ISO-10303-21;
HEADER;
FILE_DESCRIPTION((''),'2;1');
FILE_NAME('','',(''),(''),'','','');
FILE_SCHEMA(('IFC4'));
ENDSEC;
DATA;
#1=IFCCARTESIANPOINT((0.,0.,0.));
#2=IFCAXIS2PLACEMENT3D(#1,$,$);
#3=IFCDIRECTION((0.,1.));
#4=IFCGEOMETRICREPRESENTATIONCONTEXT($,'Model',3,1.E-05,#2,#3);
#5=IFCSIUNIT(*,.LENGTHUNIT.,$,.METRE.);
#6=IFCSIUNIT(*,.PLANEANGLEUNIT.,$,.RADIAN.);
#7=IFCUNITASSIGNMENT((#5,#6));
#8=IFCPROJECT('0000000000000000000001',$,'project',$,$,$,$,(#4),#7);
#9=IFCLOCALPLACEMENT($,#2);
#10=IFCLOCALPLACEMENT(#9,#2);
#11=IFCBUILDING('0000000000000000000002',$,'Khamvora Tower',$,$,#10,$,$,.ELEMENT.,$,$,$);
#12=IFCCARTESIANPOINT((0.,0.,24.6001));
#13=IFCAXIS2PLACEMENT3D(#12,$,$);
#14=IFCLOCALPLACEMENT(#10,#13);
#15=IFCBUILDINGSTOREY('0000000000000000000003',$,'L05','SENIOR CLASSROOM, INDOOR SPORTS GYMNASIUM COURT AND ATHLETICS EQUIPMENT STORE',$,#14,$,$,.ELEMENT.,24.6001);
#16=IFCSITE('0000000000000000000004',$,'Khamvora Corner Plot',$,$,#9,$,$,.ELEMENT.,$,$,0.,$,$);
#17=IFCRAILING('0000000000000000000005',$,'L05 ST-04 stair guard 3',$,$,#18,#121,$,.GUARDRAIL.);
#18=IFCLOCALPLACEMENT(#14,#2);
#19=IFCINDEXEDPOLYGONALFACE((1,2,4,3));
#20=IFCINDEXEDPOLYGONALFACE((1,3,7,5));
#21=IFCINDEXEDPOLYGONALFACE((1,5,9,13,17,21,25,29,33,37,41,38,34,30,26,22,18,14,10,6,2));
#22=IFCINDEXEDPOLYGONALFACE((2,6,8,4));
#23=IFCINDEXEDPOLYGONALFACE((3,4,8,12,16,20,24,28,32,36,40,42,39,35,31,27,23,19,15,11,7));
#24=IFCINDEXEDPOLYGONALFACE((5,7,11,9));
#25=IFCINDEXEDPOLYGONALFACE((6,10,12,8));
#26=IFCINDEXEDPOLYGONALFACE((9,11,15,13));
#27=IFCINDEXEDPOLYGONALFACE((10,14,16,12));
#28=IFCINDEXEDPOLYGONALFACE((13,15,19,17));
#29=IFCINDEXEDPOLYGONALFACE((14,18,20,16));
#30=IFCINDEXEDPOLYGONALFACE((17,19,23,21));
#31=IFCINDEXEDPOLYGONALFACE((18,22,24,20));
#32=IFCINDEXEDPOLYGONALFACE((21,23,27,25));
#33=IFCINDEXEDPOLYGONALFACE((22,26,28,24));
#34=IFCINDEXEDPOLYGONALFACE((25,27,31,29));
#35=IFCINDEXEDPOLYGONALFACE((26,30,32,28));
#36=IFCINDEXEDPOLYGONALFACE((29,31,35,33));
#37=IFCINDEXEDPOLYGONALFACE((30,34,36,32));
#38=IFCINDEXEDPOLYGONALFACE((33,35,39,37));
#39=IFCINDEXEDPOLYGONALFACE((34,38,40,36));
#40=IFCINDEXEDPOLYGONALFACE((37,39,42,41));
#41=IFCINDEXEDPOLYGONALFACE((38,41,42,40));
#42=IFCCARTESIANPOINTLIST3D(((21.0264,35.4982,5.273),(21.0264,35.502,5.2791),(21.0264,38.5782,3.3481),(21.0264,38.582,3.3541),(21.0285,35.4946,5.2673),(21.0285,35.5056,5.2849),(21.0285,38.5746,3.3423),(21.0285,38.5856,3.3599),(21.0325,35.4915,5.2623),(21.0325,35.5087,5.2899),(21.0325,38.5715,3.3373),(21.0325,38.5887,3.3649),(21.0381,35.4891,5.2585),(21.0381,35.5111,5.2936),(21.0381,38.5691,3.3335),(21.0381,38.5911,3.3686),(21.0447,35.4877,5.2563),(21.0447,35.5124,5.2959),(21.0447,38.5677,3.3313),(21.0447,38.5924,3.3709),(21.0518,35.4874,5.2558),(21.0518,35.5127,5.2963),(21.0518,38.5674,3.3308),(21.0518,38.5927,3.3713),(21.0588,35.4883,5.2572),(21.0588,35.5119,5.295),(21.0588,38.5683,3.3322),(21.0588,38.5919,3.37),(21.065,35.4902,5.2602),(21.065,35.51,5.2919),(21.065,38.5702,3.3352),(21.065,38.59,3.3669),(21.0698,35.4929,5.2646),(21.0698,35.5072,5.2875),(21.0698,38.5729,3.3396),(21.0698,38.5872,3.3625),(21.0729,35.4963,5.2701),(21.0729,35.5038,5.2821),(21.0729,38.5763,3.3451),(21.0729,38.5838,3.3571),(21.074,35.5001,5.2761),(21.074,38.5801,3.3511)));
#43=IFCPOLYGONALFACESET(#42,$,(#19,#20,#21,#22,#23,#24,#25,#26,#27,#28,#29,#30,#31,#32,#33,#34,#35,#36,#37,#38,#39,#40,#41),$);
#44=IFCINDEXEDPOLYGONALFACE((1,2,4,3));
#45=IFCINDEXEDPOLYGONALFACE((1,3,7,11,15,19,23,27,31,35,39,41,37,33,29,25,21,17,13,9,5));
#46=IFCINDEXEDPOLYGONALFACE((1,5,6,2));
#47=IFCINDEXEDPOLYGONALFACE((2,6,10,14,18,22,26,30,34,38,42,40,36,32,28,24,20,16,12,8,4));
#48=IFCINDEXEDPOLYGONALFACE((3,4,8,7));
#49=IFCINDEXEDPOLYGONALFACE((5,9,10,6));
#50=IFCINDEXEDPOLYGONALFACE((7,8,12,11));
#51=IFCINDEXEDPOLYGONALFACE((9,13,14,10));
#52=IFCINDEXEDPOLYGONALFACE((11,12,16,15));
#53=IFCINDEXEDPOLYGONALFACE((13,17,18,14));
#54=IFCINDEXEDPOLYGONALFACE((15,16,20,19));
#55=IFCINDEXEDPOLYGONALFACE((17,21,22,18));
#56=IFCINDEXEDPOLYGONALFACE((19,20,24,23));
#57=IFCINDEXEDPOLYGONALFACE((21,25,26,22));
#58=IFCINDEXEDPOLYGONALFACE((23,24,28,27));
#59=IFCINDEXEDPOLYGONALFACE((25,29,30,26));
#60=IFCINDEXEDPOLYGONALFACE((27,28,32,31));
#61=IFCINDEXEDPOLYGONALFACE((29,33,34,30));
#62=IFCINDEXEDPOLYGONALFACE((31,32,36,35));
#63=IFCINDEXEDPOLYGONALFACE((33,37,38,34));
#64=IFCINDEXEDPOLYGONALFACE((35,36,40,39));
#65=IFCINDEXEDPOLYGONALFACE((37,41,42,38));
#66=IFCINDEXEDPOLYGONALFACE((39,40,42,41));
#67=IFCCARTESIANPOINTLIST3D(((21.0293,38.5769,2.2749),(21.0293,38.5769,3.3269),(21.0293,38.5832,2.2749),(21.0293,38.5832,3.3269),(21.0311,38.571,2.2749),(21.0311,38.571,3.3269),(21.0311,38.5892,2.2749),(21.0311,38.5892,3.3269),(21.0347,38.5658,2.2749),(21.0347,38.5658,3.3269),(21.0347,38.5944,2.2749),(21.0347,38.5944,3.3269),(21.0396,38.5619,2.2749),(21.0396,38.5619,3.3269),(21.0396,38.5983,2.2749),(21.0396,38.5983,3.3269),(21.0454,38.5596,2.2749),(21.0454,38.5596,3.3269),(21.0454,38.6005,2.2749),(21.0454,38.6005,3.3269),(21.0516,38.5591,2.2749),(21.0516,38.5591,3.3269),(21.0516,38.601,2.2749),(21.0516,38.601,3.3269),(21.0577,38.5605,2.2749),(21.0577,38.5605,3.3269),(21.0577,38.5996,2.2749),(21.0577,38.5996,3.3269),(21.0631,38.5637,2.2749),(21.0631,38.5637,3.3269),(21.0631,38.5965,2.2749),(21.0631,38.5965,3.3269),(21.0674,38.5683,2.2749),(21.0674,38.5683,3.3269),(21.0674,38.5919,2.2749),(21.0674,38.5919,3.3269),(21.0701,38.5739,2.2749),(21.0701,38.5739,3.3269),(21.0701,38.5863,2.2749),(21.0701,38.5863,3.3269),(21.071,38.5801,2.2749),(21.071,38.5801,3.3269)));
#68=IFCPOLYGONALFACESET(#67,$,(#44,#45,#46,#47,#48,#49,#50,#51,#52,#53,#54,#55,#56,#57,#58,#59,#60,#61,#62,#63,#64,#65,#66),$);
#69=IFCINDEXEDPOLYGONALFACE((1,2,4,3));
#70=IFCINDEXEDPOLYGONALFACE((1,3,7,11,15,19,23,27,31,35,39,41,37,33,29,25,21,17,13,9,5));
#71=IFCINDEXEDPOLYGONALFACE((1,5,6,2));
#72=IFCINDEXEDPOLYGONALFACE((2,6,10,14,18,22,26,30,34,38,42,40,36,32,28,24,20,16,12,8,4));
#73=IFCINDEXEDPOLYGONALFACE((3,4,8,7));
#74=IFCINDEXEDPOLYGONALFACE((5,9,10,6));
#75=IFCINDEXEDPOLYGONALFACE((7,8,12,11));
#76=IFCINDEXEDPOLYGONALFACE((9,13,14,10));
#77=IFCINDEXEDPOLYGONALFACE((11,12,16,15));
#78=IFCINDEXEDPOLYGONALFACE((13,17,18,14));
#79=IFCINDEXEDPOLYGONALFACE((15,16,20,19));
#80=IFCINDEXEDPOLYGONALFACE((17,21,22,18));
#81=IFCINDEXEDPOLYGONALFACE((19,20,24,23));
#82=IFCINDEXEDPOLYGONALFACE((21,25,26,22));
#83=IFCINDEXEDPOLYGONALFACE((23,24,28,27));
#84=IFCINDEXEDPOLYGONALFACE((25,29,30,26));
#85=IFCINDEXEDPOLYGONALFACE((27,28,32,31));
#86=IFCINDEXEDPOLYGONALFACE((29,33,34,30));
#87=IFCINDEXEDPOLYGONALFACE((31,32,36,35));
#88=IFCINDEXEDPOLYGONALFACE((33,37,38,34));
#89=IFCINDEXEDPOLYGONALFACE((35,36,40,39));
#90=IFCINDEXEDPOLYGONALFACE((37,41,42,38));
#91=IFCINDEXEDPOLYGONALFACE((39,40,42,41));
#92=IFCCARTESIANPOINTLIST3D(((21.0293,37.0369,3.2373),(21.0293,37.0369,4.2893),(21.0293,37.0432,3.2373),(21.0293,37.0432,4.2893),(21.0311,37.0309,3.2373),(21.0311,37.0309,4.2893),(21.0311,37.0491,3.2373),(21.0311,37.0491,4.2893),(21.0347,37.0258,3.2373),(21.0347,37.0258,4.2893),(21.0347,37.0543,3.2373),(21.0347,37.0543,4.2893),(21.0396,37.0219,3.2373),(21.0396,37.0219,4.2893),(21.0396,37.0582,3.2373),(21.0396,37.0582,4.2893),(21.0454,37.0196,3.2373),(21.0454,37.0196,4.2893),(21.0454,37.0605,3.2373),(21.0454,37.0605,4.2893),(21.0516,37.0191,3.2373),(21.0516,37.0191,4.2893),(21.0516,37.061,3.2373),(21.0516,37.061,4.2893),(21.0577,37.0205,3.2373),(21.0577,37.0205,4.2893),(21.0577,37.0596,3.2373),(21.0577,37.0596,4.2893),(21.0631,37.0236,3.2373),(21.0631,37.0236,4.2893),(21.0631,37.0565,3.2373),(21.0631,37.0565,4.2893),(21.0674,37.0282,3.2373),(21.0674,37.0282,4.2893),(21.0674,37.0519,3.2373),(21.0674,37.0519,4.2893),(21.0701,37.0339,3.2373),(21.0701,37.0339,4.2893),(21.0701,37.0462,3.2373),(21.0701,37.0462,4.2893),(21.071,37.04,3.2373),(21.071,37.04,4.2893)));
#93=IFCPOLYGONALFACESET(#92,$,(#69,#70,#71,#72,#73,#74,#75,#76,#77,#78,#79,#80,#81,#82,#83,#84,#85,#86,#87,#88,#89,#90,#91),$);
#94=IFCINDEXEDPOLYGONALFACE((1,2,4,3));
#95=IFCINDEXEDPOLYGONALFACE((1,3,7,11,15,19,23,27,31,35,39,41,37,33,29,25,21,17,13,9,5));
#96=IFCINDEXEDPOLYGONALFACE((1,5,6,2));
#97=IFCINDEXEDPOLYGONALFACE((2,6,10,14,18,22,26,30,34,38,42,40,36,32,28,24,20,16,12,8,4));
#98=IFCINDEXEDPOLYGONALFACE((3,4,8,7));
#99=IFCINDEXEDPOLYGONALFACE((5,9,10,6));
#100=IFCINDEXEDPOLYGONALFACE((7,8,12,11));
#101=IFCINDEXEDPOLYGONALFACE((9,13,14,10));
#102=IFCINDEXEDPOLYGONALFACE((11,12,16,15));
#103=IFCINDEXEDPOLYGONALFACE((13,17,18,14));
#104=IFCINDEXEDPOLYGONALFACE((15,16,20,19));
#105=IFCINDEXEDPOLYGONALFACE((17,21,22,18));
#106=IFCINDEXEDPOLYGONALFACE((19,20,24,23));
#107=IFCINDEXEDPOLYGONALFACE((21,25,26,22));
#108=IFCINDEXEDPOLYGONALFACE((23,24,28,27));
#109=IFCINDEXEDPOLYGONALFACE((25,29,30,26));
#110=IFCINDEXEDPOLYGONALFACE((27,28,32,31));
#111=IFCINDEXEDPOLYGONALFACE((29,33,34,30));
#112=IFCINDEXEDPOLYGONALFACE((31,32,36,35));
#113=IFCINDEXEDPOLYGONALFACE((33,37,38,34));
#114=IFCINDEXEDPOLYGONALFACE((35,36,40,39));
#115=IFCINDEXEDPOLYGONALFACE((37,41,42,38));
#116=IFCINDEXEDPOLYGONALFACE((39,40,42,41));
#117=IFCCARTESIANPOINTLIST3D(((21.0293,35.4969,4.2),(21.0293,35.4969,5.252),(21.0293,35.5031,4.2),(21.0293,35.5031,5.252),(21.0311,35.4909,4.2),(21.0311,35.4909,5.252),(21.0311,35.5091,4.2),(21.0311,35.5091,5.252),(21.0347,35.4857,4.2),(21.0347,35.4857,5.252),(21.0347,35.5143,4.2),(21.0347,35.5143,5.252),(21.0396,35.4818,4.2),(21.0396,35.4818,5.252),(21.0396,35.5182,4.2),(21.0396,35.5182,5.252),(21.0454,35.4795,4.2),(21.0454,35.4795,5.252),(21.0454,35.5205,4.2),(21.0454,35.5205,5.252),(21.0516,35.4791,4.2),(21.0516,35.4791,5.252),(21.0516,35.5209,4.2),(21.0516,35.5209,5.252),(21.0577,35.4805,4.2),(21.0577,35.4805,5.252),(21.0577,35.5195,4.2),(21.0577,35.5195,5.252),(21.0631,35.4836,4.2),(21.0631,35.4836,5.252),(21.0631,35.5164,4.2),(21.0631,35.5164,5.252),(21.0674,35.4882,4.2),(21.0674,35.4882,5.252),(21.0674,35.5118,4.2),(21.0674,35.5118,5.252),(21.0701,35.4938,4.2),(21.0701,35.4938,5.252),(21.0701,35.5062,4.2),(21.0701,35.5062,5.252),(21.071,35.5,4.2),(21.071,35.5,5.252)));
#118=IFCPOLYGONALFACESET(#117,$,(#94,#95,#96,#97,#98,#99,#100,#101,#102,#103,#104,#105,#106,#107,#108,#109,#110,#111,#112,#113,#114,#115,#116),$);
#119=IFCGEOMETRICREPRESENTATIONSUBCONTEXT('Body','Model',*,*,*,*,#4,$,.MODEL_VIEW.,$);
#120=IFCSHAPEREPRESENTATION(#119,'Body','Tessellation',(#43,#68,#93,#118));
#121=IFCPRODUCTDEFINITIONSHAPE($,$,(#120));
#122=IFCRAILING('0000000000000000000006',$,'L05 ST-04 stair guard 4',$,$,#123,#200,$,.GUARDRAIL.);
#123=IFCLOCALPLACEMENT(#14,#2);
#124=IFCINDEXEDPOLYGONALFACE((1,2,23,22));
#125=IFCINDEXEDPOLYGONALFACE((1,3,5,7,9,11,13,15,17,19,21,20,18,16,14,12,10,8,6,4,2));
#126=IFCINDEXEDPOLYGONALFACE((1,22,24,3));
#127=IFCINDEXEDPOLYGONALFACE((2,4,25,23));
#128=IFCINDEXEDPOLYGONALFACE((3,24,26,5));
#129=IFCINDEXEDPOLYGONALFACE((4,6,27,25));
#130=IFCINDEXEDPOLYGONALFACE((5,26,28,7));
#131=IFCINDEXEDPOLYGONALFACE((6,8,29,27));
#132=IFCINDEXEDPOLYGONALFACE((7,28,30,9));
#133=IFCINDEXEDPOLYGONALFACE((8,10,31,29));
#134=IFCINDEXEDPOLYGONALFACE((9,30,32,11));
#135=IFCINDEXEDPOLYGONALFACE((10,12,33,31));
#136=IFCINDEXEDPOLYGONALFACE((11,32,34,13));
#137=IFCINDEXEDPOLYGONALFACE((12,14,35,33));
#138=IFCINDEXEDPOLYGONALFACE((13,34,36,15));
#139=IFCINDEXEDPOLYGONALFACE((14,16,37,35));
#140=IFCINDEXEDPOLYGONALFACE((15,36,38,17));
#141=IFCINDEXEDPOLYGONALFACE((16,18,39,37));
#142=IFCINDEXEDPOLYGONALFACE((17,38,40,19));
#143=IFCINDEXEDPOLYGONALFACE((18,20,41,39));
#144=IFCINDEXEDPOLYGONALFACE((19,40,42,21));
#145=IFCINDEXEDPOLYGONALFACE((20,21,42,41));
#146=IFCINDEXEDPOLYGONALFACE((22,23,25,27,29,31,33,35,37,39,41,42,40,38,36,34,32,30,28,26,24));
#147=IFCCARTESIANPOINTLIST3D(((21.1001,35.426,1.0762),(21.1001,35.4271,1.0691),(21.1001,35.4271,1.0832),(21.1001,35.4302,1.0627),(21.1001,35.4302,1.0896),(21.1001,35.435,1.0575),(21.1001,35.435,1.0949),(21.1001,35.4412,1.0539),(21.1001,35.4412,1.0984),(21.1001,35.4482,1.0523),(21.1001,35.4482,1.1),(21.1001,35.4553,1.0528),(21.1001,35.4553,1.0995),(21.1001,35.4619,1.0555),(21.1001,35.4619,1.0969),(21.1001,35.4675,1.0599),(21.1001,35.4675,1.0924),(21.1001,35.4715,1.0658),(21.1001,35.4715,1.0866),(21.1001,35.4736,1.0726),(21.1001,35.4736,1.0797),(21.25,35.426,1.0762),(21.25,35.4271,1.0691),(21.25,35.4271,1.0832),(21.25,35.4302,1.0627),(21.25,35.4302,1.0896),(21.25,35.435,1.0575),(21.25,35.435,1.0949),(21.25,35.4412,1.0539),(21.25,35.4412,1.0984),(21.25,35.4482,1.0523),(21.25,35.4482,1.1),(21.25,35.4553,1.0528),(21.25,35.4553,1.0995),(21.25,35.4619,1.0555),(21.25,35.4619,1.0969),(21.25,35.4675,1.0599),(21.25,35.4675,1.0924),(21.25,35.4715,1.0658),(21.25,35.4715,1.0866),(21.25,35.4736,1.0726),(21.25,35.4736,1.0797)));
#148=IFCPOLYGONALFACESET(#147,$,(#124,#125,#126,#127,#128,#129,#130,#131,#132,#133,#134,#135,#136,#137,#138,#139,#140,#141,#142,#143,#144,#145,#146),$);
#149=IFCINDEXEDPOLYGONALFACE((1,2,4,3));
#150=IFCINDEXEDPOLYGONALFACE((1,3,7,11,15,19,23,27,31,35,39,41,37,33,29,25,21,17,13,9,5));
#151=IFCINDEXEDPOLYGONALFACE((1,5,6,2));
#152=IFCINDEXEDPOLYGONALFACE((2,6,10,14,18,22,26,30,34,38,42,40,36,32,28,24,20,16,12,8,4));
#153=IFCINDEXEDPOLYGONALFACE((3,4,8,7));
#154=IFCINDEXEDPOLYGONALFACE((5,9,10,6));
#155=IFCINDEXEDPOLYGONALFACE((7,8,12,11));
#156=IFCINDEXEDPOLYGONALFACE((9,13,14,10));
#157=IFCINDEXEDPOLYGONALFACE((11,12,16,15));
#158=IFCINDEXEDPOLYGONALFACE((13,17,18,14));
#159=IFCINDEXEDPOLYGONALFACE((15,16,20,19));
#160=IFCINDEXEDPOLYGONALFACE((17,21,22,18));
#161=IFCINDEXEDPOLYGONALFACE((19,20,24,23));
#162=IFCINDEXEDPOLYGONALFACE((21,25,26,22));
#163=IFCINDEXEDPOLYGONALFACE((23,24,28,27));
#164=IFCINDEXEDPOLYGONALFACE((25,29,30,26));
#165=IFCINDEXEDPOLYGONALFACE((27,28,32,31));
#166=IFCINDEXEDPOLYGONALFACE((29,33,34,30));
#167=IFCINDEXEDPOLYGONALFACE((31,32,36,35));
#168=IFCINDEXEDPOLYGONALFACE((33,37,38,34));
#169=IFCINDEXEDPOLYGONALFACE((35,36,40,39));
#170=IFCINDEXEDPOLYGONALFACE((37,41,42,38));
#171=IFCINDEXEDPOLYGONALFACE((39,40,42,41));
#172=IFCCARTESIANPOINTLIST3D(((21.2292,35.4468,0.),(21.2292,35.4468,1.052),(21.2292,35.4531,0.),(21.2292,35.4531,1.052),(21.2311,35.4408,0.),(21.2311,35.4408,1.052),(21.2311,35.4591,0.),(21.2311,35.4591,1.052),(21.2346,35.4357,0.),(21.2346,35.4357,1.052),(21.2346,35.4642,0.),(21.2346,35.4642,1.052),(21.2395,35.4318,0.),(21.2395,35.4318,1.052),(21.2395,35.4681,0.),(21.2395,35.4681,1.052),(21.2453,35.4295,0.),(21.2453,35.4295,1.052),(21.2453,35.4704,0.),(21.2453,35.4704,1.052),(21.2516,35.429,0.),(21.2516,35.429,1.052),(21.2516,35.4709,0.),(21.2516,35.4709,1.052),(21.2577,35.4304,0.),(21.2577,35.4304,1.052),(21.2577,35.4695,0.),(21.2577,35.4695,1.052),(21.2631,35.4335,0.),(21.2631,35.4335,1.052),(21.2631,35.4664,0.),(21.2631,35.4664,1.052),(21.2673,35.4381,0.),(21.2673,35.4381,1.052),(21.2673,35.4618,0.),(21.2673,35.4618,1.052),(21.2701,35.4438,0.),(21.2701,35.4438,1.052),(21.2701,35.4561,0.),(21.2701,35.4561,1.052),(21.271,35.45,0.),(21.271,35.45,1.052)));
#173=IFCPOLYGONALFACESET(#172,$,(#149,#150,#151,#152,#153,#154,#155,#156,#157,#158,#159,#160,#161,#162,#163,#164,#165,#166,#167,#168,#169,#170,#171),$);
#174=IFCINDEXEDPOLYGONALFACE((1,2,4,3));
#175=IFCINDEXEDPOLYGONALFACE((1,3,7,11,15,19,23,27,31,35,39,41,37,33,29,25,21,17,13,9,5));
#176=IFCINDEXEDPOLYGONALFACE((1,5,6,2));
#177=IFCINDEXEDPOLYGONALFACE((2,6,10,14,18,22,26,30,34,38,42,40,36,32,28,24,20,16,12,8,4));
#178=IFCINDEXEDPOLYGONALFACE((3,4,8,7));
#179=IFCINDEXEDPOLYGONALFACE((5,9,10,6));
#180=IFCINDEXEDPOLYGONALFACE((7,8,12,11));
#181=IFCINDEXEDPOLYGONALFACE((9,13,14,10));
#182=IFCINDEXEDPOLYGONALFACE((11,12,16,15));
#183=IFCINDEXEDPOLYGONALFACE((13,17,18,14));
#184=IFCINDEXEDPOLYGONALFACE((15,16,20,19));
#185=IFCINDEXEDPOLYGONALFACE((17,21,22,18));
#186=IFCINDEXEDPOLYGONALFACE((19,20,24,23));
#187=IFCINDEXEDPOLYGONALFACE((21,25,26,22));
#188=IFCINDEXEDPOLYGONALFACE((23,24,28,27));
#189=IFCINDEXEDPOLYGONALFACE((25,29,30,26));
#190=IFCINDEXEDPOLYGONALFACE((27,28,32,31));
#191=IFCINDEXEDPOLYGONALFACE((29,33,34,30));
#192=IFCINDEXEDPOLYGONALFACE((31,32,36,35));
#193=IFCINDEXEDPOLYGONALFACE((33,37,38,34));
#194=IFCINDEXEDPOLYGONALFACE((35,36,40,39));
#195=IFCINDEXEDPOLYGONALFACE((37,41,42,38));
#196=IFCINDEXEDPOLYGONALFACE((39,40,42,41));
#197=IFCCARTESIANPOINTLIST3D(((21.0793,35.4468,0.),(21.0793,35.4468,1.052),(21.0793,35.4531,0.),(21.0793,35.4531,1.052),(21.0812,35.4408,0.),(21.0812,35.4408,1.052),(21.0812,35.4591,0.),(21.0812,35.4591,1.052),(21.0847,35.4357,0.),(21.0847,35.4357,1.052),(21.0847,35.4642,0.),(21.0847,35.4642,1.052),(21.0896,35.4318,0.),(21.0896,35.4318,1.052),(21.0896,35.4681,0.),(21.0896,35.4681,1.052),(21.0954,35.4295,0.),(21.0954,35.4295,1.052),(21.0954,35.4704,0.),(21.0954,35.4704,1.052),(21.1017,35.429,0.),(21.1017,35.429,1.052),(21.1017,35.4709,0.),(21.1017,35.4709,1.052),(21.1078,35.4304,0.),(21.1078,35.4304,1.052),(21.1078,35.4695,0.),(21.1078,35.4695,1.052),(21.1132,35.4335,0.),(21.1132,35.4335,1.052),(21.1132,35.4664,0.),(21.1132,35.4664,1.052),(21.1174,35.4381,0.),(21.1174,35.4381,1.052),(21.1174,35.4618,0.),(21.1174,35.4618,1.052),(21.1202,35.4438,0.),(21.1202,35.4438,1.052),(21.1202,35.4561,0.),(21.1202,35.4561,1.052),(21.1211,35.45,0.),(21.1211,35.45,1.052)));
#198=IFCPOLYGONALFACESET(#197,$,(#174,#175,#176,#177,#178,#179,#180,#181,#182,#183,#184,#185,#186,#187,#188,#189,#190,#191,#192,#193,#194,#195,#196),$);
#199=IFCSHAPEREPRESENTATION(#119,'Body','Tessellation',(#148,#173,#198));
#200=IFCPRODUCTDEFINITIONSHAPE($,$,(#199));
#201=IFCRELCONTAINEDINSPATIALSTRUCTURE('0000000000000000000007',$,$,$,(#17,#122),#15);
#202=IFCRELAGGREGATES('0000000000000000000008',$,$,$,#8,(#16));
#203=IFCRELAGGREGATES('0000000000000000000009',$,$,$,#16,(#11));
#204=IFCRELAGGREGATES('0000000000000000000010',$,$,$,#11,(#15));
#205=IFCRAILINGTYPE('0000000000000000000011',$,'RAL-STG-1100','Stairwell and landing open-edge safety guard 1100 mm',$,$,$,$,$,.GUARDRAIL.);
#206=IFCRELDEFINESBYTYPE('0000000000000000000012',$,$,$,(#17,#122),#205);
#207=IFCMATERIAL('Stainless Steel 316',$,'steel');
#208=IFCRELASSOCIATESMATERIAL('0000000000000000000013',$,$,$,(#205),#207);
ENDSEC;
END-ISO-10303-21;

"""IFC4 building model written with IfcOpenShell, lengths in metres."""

from ifc_helpers import new_model, si_unit, direction, frame, origin, origin_2d, place, context, subcontext, project, spatial, circle, extrude, material, type_object, element, save


model = new_model("IFC4")

# Units and contexts
model_context = context("Model", 3, precision=1e-05, world=origin(), true_north=direction((0.0, 1.0)))
body_context = subcontext(model_context, "Body", "Model", "MODEL_VIEW")
ifc_project = project(units=[si_unit("LENGTHUNIT", "METRE"), si_unit("PLANEANGLEUNIT", "RADIAN")], contexts=[model_context])

# Site, building, storey
site_placement = place(None, origin())
site = spatial("IfcSite", under=ifc_project, at=site_placement, Name="Khamvora Corner Plot", CompositionType="ELEMENT", RefElevation=0.0)
building_placement = place(site_placement, origin())
building = spatial("IfcBuilding", under=site, at=building_placement, Name="Khamvora Tower", CompositionType="ELEMENT")
storey_placement = place(building_placement, frame((0.0, 0.0, 24.6001)))
storey = spatial("IfcBuildingStorey", under=building, at=storey_placement, Name="L05", Description="SENIOR CLASSROOM, INDOOR SPORTS GYMNASIUM COURT AND ATHLETICS EQUIPMENT STORE", CompositionType="ELEMENT", Elevation=24.6001)

# Railings
ifc_material_1 = material(Name="Stainless Steel 316", Category="steel")
railing_type_1 = type_object("IfcRailingType", Name="RAL-STG-1100", Description="Stairwell and landing open-edge safety guard 1100 mm", PredefinedType="GUARDRAIL", material=ifc_material_1)
railing_1_placement = place(storey_placement, frame((21.05, 38.5801, 2.2749)))
element("IfcRailing", 1, at=railing_1_placement, inside=storey, type_object=railing_type_1, Name="L05 ST-04 stair guard 3", PredefinedType="GUARDRAIL", context=body_context, shape_type="SweptSolid", body=[
    extrude(circle(Radius=0.0239, at=origin_2d()), frame((0.0, 0.0, 1.0762), z_axis=(0.0, -0.847998, 0.529999), x_axis=(1.0, 0.0, 0.0)), (0.0, 0.0, 1.0), 3.6321),
    extrude(circle(Radius=0.021, at=origin_2d()), origin(), (0.0, 0.0, 1.0), 1.052),
    extrude(circle(Radius=0.021, at=origin_2d()), frame((0.0, -1.54, 0.9624)), (0.0, 0.0, 1.0), 1.052),
    extrude(circle(Radius=0.021, at=origin_2d()), frame((0.0, -3.0801, 1.925)), (0.0, 0.0, 1.0), 1.052),
])
railing_2_placement = place(storey_placement, frame((21.25, 35.45, 0.0)))
element("IfcRailing", 2, at=railing_2_placement, inside=storey, type_object=railing_type_1, Name="L05 ST-04 stair guard 4", PredefinedType="GUARDRAIL", context=body_context, shape_type="SweptSolid", body=[
    extrude(circle(Radius=0.0239, at=origin_2d()), frame((0.0, 0.0, 1.0762), z_axis=(-1.0, 0.0, 0.0), x_axis=(0.0, -1.0, 0.0)), (0.0, 0.0, 1.0), 0.1499),
    extrude(circle(Radius=0.021, at=origin_2d()), origin(), (0.0, 0.0, 1.0), 1.052),
    extrude(circle(Radius=0.021, at=origin_2d()), frame((-0.1499, 0.0, 0.0)), (0.0, 0.0, 1.0), 1.052),
])

save(model, "model.ifc")
